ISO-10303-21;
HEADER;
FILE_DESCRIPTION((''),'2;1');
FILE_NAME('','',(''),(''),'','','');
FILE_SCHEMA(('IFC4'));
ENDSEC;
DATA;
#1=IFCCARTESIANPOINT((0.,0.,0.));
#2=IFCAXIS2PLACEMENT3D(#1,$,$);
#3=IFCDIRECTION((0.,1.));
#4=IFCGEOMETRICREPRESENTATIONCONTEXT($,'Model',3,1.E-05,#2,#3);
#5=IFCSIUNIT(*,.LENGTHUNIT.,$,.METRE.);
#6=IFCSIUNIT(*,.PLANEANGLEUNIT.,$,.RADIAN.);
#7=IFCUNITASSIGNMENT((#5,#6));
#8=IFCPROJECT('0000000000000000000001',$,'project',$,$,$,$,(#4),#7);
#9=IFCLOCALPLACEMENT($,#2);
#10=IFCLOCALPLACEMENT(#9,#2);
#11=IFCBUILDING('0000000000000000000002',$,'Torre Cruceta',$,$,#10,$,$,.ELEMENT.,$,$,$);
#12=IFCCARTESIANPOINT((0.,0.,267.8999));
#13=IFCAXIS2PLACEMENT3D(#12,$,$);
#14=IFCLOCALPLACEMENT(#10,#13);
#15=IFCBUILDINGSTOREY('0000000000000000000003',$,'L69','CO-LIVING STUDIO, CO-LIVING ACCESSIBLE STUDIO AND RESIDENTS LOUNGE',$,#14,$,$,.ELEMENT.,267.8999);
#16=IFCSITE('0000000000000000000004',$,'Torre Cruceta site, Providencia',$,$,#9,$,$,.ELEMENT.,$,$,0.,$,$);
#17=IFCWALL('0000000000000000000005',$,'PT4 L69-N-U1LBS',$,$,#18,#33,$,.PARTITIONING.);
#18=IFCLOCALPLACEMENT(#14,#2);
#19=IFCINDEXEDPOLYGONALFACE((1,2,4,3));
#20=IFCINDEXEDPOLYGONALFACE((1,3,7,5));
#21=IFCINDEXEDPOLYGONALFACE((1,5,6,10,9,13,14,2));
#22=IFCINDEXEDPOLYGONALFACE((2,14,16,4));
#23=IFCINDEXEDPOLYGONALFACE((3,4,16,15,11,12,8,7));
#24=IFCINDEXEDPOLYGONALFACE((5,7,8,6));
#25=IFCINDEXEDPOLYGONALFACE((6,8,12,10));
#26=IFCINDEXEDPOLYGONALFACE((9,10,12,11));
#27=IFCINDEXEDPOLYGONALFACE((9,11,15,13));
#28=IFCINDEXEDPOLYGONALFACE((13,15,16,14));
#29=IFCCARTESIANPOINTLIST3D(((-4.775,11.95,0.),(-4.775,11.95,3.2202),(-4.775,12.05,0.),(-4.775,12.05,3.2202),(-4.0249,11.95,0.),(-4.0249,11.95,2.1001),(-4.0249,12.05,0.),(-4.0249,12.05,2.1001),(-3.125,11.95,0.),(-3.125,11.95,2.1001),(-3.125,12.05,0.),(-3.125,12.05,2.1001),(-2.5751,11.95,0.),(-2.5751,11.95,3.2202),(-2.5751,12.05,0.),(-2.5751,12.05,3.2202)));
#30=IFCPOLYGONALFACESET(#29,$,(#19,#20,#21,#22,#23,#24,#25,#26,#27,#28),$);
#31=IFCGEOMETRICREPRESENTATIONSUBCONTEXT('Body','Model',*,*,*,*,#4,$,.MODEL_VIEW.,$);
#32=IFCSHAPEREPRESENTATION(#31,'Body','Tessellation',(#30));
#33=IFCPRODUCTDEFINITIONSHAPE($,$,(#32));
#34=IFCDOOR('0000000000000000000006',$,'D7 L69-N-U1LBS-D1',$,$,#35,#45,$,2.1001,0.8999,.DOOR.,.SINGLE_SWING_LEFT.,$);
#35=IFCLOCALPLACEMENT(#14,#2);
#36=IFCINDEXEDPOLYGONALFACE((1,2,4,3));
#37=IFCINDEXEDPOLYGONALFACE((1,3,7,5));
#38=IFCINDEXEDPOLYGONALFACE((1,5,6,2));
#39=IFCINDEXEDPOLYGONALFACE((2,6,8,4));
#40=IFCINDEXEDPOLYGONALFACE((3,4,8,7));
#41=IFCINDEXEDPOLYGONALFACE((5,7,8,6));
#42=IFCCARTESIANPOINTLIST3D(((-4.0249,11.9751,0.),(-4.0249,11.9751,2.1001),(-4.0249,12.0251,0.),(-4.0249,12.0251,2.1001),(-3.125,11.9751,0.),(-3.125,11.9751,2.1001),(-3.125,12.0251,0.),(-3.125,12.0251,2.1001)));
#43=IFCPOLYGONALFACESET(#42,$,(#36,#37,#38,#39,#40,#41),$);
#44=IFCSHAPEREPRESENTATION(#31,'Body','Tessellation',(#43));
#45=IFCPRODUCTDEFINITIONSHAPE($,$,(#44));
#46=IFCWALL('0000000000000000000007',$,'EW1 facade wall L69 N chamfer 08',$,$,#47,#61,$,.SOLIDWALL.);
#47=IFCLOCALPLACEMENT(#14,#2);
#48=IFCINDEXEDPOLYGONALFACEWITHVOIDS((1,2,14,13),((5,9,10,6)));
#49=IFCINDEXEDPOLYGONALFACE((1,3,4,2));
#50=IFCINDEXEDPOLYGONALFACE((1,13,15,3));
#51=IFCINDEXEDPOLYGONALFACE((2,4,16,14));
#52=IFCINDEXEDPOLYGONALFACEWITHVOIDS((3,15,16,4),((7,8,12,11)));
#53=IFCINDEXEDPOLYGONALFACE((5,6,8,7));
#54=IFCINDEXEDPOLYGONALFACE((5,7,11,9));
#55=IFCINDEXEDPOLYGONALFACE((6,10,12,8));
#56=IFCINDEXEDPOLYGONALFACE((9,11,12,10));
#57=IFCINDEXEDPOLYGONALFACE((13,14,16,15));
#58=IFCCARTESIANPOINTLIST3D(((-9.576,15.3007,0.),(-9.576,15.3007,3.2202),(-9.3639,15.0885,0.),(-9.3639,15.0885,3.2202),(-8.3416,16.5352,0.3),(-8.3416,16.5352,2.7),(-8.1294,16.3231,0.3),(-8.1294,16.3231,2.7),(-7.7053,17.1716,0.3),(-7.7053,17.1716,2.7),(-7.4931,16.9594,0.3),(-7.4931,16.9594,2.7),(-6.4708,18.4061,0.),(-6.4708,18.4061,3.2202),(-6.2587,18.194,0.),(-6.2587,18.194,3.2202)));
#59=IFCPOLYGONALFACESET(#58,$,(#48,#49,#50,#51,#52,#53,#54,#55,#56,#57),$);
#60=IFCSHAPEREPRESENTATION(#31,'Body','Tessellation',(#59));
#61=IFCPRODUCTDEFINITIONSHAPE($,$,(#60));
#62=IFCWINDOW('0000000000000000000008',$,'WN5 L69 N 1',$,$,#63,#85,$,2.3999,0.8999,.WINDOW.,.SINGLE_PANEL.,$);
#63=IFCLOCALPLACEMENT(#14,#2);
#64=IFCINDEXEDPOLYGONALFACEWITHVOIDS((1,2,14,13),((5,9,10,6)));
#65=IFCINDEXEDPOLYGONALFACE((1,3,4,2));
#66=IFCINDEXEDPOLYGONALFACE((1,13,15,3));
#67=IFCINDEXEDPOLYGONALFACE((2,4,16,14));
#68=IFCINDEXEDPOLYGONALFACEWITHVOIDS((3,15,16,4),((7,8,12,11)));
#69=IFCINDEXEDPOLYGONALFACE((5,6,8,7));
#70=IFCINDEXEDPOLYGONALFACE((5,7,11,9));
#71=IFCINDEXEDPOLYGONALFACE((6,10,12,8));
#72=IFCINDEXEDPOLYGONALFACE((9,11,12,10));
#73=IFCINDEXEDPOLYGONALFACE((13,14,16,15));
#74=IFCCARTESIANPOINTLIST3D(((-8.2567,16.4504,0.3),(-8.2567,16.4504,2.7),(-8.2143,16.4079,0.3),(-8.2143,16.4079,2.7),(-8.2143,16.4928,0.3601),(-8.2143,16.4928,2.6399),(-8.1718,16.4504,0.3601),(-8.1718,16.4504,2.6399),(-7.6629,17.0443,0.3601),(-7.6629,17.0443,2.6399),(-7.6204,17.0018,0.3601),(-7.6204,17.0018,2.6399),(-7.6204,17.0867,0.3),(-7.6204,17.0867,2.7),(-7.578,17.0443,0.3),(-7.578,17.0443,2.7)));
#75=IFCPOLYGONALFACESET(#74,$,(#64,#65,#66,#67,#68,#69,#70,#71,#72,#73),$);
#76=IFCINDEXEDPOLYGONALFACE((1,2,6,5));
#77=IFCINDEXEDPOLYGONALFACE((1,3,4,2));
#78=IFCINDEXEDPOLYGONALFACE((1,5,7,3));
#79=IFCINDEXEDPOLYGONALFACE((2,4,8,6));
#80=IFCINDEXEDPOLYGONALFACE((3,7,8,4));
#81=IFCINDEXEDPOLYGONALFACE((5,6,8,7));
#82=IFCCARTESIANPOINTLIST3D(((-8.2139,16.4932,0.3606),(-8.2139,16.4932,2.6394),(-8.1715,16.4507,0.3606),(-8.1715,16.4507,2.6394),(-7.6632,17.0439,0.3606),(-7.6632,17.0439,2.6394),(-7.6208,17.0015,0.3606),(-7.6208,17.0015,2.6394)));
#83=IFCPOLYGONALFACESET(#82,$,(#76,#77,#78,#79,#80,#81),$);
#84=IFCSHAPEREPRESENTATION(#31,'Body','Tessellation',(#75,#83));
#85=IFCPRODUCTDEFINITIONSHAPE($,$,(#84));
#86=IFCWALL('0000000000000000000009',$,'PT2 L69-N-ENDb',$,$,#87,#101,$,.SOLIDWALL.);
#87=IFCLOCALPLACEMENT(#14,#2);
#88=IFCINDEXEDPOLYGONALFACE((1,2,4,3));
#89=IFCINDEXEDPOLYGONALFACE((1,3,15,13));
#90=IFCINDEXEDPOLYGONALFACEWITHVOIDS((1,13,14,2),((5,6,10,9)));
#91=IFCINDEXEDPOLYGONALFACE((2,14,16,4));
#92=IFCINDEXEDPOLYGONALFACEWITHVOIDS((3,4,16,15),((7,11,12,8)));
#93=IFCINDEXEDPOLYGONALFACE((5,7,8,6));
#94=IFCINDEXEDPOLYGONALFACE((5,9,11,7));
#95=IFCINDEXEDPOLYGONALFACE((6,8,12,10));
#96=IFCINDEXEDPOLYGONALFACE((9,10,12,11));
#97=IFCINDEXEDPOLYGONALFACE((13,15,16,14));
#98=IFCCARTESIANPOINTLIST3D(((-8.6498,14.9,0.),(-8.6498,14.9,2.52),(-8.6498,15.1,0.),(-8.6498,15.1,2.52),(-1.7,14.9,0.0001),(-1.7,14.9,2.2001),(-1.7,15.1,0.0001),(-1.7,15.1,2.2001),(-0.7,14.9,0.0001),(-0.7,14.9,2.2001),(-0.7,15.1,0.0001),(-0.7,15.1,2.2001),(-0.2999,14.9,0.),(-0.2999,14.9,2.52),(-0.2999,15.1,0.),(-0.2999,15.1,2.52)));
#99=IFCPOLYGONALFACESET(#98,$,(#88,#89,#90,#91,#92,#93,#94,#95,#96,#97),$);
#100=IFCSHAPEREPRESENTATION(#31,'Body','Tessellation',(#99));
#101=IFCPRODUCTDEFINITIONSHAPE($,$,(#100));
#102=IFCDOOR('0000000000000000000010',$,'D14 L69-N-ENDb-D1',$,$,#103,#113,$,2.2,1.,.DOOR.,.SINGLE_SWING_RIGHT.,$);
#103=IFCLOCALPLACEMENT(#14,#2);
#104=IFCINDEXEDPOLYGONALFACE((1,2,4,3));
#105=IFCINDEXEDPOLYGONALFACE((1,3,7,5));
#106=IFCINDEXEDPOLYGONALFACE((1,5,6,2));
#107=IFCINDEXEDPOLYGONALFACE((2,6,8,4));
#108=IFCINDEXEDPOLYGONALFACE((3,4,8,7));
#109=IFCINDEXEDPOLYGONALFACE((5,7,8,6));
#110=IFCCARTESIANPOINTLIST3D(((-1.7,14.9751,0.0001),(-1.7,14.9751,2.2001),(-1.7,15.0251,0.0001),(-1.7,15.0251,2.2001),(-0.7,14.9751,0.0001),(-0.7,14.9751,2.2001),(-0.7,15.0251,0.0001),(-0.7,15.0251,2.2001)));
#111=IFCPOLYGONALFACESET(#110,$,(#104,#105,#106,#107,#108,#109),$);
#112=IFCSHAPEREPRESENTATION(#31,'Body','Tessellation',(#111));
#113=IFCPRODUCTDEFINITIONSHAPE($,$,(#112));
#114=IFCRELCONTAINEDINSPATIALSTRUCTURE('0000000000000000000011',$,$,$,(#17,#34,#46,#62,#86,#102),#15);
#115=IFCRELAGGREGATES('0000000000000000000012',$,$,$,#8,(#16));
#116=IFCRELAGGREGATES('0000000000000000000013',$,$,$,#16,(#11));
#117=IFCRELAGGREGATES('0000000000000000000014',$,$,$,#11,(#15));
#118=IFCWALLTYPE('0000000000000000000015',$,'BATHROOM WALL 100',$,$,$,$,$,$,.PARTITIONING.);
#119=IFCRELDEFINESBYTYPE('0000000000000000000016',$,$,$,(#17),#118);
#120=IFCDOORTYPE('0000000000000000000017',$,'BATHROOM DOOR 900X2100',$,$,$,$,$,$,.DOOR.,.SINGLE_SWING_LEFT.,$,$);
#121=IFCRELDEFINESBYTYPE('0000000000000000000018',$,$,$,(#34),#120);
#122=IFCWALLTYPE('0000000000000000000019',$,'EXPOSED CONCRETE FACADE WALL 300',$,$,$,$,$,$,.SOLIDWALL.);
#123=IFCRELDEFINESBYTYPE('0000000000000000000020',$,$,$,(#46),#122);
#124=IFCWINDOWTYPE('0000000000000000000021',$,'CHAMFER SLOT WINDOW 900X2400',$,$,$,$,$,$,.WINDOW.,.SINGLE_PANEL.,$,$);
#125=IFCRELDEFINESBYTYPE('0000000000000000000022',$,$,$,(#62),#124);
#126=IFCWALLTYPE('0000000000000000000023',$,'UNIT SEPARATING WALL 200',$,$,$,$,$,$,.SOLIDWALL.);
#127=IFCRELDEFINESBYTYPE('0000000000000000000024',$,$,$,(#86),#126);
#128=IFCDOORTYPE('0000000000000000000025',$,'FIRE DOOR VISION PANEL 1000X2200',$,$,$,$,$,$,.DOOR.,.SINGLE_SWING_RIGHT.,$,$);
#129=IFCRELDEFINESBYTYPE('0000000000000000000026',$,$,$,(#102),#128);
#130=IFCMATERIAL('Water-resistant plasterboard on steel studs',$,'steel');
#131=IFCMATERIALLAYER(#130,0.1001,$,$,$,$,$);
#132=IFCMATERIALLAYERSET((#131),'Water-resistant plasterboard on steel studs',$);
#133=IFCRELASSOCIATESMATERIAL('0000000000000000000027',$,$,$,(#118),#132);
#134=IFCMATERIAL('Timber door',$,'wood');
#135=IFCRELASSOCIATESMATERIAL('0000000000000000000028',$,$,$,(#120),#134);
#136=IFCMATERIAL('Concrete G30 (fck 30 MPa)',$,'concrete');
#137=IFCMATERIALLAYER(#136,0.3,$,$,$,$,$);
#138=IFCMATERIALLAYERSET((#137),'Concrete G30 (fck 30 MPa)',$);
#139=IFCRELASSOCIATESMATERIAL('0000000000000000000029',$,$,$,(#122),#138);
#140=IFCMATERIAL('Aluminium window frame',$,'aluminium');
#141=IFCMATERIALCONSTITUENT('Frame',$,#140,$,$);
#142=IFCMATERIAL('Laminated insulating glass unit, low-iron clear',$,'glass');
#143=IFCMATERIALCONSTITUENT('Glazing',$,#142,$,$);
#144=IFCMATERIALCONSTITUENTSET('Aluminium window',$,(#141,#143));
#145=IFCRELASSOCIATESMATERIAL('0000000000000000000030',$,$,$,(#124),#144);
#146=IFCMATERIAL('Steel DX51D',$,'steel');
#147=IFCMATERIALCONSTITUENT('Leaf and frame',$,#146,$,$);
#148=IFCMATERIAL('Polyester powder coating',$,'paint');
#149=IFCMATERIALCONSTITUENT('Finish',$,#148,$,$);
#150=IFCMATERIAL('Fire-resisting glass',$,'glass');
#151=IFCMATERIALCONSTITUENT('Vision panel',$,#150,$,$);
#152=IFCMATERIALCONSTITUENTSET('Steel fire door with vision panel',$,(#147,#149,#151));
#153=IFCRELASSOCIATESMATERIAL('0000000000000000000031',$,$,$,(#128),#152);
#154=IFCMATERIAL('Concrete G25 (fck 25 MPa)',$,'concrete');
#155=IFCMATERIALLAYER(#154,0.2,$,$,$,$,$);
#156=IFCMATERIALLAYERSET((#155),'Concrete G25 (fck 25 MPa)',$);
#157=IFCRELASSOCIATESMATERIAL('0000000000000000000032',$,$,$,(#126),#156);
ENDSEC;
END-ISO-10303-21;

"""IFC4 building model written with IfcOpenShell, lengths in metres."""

from ifc_helpers import new_model, si_unit, direction, frame, frame_2d, origin, place, context, subcontext, project, spatial, rectangle, hollow_rectangle, extrude, material, layer, layer_set, constituent, constituent_set, type_object, element, fill, save


model = new_model("IFC4")

# Units and contexts
model_context = context("Model", 3, precision=1e-05, world=origin(), true_north=direction((0.0, 1.0)))
body_context = subcontext(model_context, "Body", "Model", "MODEL_VIEW")
ifc_project = project(units=[si_unit("LENGTHUNIT", "METRE"), si_unit("PLANEANGLEUNIT", "RADIAN")], contexts=[model_context])

# Site, building, storey
site_placement = place(None, origin())
site = spatial("IfcSite", under=ifc_project, at=site_placement, Name="Torre Cruceta site, Providencia", CompositionType="ELEMENT", RefElevation=0.0)
building_placement = place(site_placement, origin())
building = spatial("IfcBuilding", under=site, at=building_placement, Name="Torre Cruceta", CompositionType="ELEMENT")
storey_placement = place(building_placement, frame((0.0, 0.0, 267.8999)))
storey = spatial("IfcBuildingStorey", under=building, at=storey_placement, Name="L69", Description="CO-LIVING STUDIO, CO-LIVING ACCESSIBLE STUDIO AND RESIDENTS LOUNGE", CompositionType="ELEMENT", Elevation=267.8999)

# Shared definitions
ifc_material_1 = material(Name="Water-resistant plasterboard on steel studs", Category="steel")
ifc_layer_1 = layer(ifc_material_1, 0.1001)
ifc_layer_set_1 = layer_set([ifc_layer_1], Name="Water-resistant plasterboard on steel studs")
wall_type_1 = type_object("IfcWallType", Name="BATHROOM WALL 100", PredefinedType="PARTITIONING", material=ifc_layer_set_1)

# Wall, opening, door
wall_1_placement = place(storey_placement, frame((-2.575, 12.0, 0.0), z_axis=(0.0, 0.0, 1.0), x_axis=(-1.0, 0.0, 0.0)))
wall_1 = element("IfcWall", 1, at=wall_1_placement, inside=storey, type_object=wall_type_1, Name="PT4 L69-N-U1LBS", PredefinedType="PARTITIONING", context=body_context, shape_type="SweptSolid", body=[
    extrude(rectangle(XDim=2.2, YDim=0.1001, at=frame_2d((1.1001, 0.0))), origin(), (0.0, 0.0, 1.0), 3.2202),
])
opening_1_placement = place(wall_1_placement, frame((0.55, 0.0, 0.0)))
opening_1 = element("IfcOpeningElement", 2, at=opening_1_placement, cuts=wall_1, PredefinedType="OPENING", context=body_context, shape_type="SweptSolid", body=[
    extrude(rectangle(XDim=0.8999, YDim=2.1001, at=frame_2d((0.45, 1.05))), frame((0.0, 0.0601, 0.0), z_axis=(0.0, -1.0, 0.0), x_axis=(1.0, 0.0, 0.0)), (0.0, 0.0, 1.0), 0.1201),
])
ifc_material_2 = material(Name="Timber door", Category="wood")
door_type_1 = type_object("IfcDoorType", Name="BATHROOM DOOR 900X2100", OperationType="SINGLE_SWING_LEFT", PredefinedType="DOOR", material=ifc_material_2)
door_1_placement = place(opening_1_placement, origin())
door_1 = element("IfcDoor", 3, at=door_1_placement, inside=storey, type_object=door_type_1, Name="D7 L69-N-U1LBS-D1", OperationType="SINGLE_SWING_LEFT", OverallHeight=2.1001, OverallWidth=0.8999, PredefinedType="DOOR", context=body_context, shape_type="SweptSolid", body=[
    extrude(rectangle(XDim=0.8999, YDim=2.1001, at=frame_2d((0.45, 1.05))), frame((0.0, 0.0249, 0.0), z_axis=(0.0, -1.0, 0.0), x_axis=(1.0, 0.0, 0.0)), (0.0, 0.0, 1.0), 0.05),
])
fill(opening_1, door_1)

# Wall, opening, window
ifc_material_3 = material(Name="Concrete G30 (fck 30 MPa)", Category="concrete")
ifc_layer_2 = layer(ifc_material_3, 0.3)
ifc_layer_set_2 = layer_set([ifc_layer_2], Name="Concrete G30 (fck 30 MPa)")
wall_type_2 = type_object("IfcWallType", Name="EXPOSED CONCRETE FACADE WALL 300", PredefinedType="SOLIDWALL", material=ifc_layer_set_2)
wall_2_placement = place(storey_placement, frame((-6.3647, 18.3, 0.0), z_axis=(0.0, 0.0, 1.0), x_axis=(-0.707079, -0.707135, 0.0)))
wall_2 = element("IfcWall", 4, at=wall_2_placement, inside=storey, type_object=wall_type_2, Name="EW1 facade wall L69 N chamfer 08", PredefinedType="SOLIDWALL", context=body_context, shape_type="SweptSolid", body=[
    extrude(rectangle(XDim=4.3916, YDim=0.3, at=frame_2d((2.1958, 0.0))), origin(), (0.0, 0.0, 1.0), 3.2202),
])
opening_2_placement = place(wall_2_placement, frame((1.7458, 0.0, 0.3)))
opening_2 = element("IfcOpeningElement", 5, at=opening_2_placement, cuts=wall_2, PredefinedType="OPENING", context=body_context, shape_type="SweptSolid", body=[
    extrude(rectangle(XDim=0.8999, YDim=2.3999, at=frame_2d((0.45, 1.2))), frame((0.0, 0.1599, 0.0), z_axis=(0.0, -1.0, 0.0), x_axis=(1.0, 0.0, 0.0)), (0.0, 0.0, 1.0), 0.3201),
])
ifc_material_4 = material(Name="Aluminium window frame", Category="aluminium")
ifc_constituent_1 = constituent(ifc_material_4, Name="Frame")
ifc_material_5 = material(Name="Laminated insulating glass unit, low-iron clear", Category="glass")
ifc_constituent_2 = constituent(ifc_material_5, Name="Glazing")
ifc_constituent_set_1 = constituent_set(constituents=[ifc_constituent_1, ifc_constituent_2], Name="Aluminium window")
window_type = type_object("IfcWindowType", Name="CHAMFER SLOT WINDOW 900X2400", PartitioningType="SINGLE_PANEL", PredefinedType="WINDOW", material=ifc_constituent_set_1)
window_placement = place(opening_2_placement, origin())
window = element("IfcWindow", 6, at=window_placement, inside=storey, type_object=window_type, Name="WN5 L69 N 1", OverallHeight=2.3999, OverallWidth=0.8999, PartitioningType="SINGLE_PANEL", PredefinedType="WINDOW", context=body_context, shape_type="SweptSolid", body=[
    extrude(hollow_rectangle(XDim=0.8999, YDim=2.3999, WallThickness=0.0601, at=frame_2d((0.45, 1.2))), frame((0.0, 0.03, 0.0), z_axis=(0.0, -1.0, 0.0), x_axis=(1.0, 0.0, 0.0)), (0.0, 0.0, 1.0), 0.0601),
    extrude(rectangle(XDim=0.7788, YDim=2.2788, at=frame_2d((0.45, 1.2))), frame((0.0, 0.03, 0.0), z_axis=(0.0, -1.0, 0.0), x_axis=(1.0, 0.0, 0.0)), (0.0, 0.0, 1.0), 0.0601),
])
fill(opening_2, window)

# Shared definitions
ifc_material_6 = material(Name="Steel DX51D", Category="steel")
ifc_constituent_3 = constituent(ifc_material_6, Name="Leaf and frame")
ifc_material_7 = material(Name="Polyester powder coating", Category="paint")
ifc_constituent_4 = constituent(ifc_material_7, Name="Finish")
ifc_material_8 = material(Name="Fire-resisting glass", Category="glass")
ifc_constituent_5 = constituent(ifc_material_8, Name="Vision panel")
ifc_constituent_set_2 = constituent_set(constituents=[ifc_constituent_3, ifc_constituent_4, ifc_constituent_5], Name="Steel fire door with vision panel")
door_type_2 = type_object("IfcDoorType", Name="FIRE DOOR VISION PANEL 1000X2200", OperationType="SINGLE_SWING_RIGHT", PredefinedType="DOOR", material=ifc_constituent_set_2)

# Wall, opening, door
ifc_material_9 = material(Name="Concrete G25 (fck 25 MPa)", Category="concrete")
ifc_layer_3 = layer(ifc_material_9, 0.2)
ifc_layer_set_3 = layer_set([ifc_layer_3], Name="Concrete G25 (fck 25 MPa)")
wall_type_3 = type_object("IfcWallType", Name="UNIT SEPARATING WALL 200", PredefinedType="SOLIDWALL", material=ifc_layer_set_3)
wall_3_placement = place(storey_placement, frame((-0.3, 15.0, 0.0), z_axis=(0.0, 0.0, 1.0), x_axis=(-1.0, 0.0, 0.0)))
wall_3 = element("IfcWall", 7, at=wall_3_placement, inside=storey, type_object=wall_type_3, Name="PT2 L69-N-ENDb", PredefinedType="SOLIDWALL", context=body_context, shape_type="SweptSolid", body=[
    extrude(rectangle(XDim=8.3499, YDim=0.2, at=frame_2d((4.1748, 0.0))), origin(), (0.0, 0.0, 1.0), 2.52),
])
opening_3_placement = place(wall_3_placement, frame((0.3999, 0.0, 0.0)))
opening_3 = element("IfcOpeningElement", 8, at=opening_3_placement, cuts=wall_3, PredefinedType="OPENING", context=body_context, shape_type="SweptSolid", body=[
    extrude(rectangle(XDim=1.0, YDim=2.2, at=frame_2d((0.5, 1.1001))), frame((0.0, 0.1099, 0.0), z_axis=(0.0, -1.0, 0.0), x_axis=(1.0, 0.0, 0.0)), (0.0, 0.0, 1.0), 0.22),
])
door_2_placement = place(opening_3_placement, frame((1.0, 0.0, 0.0), z_axis=(0.0, 0.0, 1.0), x_axis=(-1.0, 0.0, 0.0)))
door_2 = element("IfcDoor", 9, at=door_2_placement, inside=storey, type_object=door_type_2, Name="D14 L69-N-ENDb-D1", OperationType="SINGLE_SWING_RIGHT", OverallHeight=2.2, OverallWidth=1.0, PredefinedType="DOOR", context=body_context, shape_type="SweptSolid", body=[
    extrude(rectangle(XDim=1.0, YDim=2.2, at=frame_2d((0.5, 1.1001))), frame((0.0, 0.0251, 0.0), z_axis=(0.0, -1.0, 0.0), x_axis=(1.0, 0.0, 0.0)), (0.0, 0.0, 1.0), 0.05),
])
fill(opening_3, door_2)

save(model, "model.ifc")
